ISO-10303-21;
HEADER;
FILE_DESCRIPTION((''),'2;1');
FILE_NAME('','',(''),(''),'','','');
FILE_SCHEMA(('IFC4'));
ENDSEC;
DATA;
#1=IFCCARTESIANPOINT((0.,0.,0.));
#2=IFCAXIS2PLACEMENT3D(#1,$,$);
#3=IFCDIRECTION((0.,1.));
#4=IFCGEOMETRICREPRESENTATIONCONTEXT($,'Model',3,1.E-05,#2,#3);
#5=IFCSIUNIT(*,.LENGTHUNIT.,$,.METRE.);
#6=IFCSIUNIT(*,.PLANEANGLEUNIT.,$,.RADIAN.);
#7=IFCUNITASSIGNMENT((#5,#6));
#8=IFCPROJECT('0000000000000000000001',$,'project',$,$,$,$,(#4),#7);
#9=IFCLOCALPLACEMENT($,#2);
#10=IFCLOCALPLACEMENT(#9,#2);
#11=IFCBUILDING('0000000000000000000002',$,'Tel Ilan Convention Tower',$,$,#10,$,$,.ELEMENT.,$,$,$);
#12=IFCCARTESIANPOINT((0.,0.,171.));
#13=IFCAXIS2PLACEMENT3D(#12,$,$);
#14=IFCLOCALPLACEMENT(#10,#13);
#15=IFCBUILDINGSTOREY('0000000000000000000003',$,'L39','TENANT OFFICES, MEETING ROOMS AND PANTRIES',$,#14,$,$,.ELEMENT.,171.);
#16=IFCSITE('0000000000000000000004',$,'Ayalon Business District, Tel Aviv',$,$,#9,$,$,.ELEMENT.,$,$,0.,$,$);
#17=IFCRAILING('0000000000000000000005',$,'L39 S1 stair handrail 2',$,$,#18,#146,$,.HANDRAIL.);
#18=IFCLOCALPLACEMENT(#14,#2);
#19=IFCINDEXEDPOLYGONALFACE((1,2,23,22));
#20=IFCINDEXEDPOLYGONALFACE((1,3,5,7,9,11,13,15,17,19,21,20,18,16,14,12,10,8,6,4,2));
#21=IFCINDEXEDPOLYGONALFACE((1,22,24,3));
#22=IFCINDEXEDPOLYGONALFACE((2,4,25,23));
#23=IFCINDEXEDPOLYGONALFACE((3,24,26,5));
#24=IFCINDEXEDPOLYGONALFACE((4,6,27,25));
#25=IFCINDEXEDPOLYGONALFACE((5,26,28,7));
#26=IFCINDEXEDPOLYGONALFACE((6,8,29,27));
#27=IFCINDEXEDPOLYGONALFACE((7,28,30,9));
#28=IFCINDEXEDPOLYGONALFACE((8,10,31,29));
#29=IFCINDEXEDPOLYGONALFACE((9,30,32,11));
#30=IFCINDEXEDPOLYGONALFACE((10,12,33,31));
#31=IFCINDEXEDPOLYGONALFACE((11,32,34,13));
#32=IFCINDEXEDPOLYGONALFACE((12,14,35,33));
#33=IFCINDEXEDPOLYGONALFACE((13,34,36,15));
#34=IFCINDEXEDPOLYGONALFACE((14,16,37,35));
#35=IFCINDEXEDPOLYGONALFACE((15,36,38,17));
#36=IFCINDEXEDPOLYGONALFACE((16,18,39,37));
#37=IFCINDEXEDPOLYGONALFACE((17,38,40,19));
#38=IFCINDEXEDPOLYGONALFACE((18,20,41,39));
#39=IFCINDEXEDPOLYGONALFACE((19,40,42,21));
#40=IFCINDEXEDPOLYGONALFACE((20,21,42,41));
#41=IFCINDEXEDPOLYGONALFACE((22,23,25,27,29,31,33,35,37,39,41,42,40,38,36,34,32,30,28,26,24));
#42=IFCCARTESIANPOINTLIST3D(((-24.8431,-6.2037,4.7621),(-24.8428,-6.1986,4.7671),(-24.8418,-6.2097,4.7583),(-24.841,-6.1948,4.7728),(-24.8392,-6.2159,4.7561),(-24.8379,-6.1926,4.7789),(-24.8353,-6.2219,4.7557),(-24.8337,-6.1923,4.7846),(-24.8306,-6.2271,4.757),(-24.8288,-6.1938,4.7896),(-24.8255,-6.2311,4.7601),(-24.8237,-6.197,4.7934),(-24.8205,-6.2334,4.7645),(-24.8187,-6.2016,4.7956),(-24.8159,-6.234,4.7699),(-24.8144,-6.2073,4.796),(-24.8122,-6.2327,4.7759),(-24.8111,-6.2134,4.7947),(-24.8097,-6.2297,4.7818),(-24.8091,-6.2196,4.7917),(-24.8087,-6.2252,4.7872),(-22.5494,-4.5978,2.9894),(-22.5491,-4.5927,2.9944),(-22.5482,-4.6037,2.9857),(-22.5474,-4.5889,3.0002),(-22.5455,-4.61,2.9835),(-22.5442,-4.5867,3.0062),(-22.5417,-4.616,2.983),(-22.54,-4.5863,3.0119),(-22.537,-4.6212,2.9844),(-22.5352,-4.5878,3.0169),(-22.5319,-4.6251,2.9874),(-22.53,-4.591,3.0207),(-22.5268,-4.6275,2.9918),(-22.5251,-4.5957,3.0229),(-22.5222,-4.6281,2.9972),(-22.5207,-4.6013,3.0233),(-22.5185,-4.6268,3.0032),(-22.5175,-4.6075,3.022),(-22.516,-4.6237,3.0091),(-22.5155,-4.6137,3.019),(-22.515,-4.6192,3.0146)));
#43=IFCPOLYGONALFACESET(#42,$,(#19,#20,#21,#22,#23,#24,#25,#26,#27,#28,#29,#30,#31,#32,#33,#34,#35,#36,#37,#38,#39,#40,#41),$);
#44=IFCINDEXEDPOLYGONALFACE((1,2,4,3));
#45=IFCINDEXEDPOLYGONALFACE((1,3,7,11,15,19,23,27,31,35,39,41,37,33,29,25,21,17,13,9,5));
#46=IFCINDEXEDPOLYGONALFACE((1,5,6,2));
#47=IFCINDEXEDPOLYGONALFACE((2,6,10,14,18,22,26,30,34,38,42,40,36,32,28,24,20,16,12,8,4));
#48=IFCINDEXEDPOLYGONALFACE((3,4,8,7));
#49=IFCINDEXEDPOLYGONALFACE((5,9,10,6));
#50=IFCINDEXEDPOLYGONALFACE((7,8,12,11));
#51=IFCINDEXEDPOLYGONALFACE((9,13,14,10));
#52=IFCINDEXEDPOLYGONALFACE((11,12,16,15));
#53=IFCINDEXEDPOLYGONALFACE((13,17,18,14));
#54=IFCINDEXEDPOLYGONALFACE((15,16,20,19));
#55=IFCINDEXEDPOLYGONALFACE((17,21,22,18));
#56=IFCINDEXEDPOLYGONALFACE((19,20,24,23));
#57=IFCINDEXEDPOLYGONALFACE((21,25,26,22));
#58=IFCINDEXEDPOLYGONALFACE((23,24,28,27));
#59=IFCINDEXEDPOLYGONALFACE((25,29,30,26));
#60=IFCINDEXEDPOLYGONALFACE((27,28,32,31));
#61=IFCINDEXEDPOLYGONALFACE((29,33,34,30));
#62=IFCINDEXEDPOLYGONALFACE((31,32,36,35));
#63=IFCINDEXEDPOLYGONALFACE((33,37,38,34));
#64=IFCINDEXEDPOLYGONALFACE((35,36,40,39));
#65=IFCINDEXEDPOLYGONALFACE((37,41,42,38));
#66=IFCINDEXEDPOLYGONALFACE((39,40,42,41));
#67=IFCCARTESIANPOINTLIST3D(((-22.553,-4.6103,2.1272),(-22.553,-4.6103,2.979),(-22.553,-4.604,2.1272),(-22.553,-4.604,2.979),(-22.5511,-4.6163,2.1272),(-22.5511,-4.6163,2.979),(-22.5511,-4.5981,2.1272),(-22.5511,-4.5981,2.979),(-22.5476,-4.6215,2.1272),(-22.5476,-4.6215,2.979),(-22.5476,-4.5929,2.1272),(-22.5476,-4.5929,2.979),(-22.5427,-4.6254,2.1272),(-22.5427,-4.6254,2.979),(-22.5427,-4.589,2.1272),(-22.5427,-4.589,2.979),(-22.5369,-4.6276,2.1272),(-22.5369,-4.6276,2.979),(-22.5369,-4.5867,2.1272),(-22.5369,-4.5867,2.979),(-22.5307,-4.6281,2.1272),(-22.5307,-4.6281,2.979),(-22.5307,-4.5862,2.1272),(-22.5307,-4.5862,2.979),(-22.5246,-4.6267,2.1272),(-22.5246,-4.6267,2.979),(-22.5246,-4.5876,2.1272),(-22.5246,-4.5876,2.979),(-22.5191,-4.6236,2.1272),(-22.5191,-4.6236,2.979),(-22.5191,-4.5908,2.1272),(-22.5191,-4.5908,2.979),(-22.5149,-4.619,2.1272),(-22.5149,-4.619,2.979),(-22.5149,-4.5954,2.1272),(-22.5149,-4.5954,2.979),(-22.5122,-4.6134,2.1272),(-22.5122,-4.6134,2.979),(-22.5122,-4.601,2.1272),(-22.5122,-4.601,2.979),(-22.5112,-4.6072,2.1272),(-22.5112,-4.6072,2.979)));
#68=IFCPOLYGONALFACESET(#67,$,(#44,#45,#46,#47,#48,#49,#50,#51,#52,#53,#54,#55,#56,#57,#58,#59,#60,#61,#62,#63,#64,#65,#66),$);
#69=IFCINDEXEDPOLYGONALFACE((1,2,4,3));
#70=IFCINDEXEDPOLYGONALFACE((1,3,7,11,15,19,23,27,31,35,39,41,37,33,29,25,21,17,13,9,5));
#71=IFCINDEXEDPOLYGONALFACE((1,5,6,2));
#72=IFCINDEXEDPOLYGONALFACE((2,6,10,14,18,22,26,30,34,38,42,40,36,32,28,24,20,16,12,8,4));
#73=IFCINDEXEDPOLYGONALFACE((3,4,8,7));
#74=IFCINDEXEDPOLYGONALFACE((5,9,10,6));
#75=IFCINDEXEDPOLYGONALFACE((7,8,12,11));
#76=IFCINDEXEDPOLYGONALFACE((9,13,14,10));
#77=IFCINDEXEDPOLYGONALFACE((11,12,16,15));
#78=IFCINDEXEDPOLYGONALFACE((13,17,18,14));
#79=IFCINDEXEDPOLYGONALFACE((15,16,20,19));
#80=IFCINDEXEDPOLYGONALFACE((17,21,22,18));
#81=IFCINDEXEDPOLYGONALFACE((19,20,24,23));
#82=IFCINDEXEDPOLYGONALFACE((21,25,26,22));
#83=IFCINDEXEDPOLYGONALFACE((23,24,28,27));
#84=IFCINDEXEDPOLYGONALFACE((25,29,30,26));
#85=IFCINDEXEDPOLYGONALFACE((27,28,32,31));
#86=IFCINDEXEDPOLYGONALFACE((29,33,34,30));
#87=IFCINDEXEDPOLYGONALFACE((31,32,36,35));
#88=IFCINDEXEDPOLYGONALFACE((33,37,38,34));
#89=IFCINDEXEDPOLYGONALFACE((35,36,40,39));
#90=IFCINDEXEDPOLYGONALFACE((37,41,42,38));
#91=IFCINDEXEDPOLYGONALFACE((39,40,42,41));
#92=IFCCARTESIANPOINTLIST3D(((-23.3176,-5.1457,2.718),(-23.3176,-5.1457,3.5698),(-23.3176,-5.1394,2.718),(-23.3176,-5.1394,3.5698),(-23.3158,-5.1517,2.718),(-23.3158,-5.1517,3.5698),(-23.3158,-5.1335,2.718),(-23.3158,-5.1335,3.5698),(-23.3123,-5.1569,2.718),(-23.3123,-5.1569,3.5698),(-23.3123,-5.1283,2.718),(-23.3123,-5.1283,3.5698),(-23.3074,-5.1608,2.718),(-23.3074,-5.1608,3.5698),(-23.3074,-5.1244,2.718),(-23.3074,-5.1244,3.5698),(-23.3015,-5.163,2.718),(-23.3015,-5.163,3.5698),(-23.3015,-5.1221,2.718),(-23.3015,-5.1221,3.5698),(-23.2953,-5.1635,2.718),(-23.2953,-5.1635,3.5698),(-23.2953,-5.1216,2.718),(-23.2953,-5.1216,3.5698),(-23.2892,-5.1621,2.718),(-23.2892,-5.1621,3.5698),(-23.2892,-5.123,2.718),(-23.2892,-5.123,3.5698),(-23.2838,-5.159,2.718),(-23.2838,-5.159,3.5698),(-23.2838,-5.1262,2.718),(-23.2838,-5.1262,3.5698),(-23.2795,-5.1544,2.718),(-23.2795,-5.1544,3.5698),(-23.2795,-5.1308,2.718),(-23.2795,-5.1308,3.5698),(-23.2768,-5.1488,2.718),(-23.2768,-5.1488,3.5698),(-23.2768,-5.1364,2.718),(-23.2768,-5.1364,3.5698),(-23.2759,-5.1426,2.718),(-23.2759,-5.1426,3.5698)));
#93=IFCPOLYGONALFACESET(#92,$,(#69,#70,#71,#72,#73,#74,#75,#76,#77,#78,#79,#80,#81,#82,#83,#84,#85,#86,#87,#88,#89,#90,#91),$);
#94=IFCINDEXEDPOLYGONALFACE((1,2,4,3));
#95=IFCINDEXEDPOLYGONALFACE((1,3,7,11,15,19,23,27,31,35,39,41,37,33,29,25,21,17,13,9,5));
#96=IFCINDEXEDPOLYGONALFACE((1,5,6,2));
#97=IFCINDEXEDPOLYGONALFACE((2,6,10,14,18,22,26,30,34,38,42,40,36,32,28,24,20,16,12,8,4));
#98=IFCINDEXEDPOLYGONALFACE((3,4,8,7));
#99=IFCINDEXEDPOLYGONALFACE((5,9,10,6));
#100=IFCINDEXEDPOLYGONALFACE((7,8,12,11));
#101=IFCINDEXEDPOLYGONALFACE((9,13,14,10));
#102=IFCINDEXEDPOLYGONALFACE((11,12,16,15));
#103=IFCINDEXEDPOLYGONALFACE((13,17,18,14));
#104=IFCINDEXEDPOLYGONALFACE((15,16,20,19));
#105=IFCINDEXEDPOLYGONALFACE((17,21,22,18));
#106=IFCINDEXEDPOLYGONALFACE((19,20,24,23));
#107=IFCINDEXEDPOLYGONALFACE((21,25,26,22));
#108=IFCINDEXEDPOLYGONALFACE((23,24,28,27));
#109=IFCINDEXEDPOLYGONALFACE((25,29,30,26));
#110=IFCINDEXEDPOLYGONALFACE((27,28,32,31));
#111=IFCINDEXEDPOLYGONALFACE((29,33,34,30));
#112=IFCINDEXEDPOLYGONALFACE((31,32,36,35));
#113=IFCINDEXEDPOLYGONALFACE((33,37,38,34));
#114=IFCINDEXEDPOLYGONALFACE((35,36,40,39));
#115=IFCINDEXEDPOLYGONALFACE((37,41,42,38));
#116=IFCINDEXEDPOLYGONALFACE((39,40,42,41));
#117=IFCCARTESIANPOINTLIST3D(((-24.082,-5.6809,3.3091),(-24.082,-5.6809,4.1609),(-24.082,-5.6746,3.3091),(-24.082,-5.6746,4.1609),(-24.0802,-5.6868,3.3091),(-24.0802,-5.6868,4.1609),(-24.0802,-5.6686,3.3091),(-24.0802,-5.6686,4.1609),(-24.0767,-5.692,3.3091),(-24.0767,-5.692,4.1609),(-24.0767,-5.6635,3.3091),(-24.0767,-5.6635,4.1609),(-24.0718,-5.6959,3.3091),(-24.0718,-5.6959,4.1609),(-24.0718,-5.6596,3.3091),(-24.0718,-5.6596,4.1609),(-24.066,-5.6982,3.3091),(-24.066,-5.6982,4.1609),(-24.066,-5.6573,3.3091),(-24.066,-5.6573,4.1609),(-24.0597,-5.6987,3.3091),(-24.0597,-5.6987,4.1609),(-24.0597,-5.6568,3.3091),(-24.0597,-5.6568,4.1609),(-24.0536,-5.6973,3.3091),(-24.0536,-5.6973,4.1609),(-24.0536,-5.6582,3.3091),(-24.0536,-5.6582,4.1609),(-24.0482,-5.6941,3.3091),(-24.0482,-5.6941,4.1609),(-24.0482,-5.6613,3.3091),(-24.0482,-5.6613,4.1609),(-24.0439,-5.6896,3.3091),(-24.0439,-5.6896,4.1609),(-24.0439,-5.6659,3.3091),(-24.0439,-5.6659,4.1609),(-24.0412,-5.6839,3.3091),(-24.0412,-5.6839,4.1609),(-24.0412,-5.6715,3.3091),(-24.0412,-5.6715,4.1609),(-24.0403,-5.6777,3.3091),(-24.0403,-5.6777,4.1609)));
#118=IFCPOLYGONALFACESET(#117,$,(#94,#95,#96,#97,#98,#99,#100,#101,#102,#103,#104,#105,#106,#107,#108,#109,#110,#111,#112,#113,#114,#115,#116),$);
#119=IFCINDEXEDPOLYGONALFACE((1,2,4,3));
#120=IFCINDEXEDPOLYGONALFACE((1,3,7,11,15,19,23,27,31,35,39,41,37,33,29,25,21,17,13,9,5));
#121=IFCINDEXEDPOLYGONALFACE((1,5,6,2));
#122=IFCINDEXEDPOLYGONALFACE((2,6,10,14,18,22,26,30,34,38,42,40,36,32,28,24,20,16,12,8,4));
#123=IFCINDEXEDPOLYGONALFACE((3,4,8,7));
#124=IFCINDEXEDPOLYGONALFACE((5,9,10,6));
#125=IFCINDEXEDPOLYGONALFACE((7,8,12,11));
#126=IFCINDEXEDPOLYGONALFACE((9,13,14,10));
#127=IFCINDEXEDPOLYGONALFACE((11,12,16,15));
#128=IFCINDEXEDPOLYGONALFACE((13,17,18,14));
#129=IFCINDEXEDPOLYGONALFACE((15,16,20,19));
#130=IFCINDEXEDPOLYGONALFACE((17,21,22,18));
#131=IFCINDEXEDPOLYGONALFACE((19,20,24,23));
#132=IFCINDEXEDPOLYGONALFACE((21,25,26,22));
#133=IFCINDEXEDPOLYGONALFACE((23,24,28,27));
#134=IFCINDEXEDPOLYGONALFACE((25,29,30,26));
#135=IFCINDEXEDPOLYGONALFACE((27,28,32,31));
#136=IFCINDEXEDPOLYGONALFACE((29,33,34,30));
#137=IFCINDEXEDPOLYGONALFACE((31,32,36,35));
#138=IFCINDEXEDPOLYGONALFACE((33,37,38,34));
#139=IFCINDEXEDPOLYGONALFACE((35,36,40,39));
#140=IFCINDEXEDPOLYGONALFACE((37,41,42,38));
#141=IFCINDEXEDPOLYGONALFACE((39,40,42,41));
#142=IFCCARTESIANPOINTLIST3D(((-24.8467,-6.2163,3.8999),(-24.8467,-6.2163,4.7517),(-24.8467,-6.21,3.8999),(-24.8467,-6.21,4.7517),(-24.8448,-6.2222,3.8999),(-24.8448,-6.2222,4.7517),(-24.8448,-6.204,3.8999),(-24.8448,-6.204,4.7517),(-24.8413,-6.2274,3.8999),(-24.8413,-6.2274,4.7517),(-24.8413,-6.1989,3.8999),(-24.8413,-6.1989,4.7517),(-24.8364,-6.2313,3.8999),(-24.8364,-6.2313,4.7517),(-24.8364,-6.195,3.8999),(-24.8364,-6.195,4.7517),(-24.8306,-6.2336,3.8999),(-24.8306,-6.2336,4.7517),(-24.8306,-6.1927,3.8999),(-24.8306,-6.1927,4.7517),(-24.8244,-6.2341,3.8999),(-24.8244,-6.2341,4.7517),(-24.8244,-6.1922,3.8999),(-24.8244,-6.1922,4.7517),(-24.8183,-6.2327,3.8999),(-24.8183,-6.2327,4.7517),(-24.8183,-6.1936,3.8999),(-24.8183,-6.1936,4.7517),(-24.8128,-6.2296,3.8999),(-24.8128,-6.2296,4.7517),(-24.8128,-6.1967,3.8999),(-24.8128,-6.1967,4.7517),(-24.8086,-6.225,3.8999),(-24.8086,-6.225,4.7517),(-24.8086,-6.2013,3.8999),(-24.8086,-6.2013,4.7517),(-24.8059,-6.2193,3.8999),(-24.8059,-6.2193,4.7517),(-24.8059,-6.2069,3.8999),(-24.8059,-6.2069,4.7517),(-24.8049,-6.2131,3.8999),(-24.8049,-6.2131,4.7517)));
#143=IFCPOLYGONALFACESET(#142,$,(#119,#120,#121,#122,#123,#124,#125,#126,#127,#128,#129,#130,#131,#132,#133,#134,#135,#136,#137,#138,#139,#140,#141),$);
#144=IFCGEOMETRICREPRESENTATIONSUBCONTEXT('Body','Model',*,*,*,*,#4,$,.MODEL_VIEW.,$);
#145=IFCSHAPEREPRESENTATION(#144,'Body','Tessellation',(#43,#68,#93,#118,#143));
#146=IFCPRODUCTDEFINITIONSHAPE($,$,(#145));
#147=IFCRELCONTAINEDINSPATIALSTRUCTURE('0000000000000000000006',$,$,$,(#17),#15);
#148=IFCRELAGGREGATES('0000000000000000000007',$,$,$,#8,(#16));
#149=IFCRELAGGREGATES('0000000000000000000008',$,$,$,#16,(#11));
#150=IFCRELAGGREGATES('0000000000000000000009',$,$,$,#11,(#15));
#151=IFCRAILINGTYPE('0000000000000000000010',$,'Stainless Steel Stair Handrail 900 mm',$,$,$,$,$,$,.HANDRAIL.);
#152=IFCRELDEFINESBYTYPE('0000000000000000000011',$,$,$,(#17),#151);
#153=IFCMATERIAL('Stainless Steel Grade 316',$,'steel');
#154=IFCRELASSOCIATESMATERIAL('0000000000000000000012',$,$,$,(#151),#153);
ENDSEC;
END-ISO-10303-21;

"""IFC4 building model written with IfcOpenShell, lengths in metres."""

from ifc_helpers import new_model, si_unit, direction, frame, origin, origin_2d, place, context, subcontext, project, spatial, circle, extrude, material, type_object, element, save


model = new_model("IFC4")

# Units and contexts
model_context = context("Model", 3, precision=1e-05, world=origin(), true_north=direction((0.0, 1.0)))
body_context = subcontext(model_context, "Body", "Model", "MODEL_VIEW")
ifc_project = project(units=[si_unit("LENGTHUNIT", "METRE"), si_unit("PLANEANGLEUNIT", "RADIAN")], contexts=[model_context])

# Site, building, storey
site_placement = place(None, origin())
site = spatial("IfcSite", under=ifc_project, at=site_placement, Name="Ayalon Business District, Tel Aviv", CompositionType="ELEMENT", RefElevation=0.0)
building_placement = place(site_placement, origin())
building = spatial("IfcBuilding", under=site, at=building_placement, Name="Tel Ilan Convention Tower", CompositionType="ELEMENT")
storey_placement = place(building_placement, frame((0.0, 0.0, 171.0)))
storey = spatial("IfcBuildingStorey", under=building, at=storey_placement, Name="L39", Description="TENANT OFFICES, MEETING ROOMS AND PANTRIES", CompositionType="ELEMENT", Elevation=171.0)

# Railing
ifc_material_1 = material(Name="Stainless Steel Grade 316", Category="steel")
railing_type_1 = type_object("IfcRailingType", Name="Stainless Steel Stair Handrail 900 mm", PredefinedType="HANDRAIL", material=ifc_material_1)
railing_1_placement = place(storey_placement, frame((-22.5322, -4.6072, 2.1272)))
element("IfcRailing", 1, at=railing_1_placement, inside=storey, type_object=railing_type_1, Name="L39 S1 stair handrail 2", PredefinedType="HANDRAIL", context=body_context, shape_type="SweptSolid", body=[
    extrude(circle(Radius=0.0239, at=origin_2d()), frame((0.0, 0.0, 0.876), z_axis=(-0.692123, -0.484597, 0.534913), x_axis=(0.57355, -0.81917, 0.0)), (0.0, 0.0, 1.0), 3.314),
    extrude(circle(Radius=0.021, at=origin_2d()), origin(), (0.0, 0.0, 1.0), 0.8518),
    extrude(circle(Radius=0.021, at=origin_2d()), frame((-0.7646, -0.5354, 0.5908)), (0.0, 0.0, 1.0), 0.8518),
    extrude(circle(Radius=0.021, at=origin_2d()), frame((-1.5291, -1.0706, 1.1819)), (0.0, 0.0, 1.0), 0.8518),
    extrude(circle(Radius=0.021, at=origin_2d()), frame((-2.2937, -1.606, 1.7727)), (0.0, 0.0, 1.0), 0.8518),
])

save(model, "model.ifc")
